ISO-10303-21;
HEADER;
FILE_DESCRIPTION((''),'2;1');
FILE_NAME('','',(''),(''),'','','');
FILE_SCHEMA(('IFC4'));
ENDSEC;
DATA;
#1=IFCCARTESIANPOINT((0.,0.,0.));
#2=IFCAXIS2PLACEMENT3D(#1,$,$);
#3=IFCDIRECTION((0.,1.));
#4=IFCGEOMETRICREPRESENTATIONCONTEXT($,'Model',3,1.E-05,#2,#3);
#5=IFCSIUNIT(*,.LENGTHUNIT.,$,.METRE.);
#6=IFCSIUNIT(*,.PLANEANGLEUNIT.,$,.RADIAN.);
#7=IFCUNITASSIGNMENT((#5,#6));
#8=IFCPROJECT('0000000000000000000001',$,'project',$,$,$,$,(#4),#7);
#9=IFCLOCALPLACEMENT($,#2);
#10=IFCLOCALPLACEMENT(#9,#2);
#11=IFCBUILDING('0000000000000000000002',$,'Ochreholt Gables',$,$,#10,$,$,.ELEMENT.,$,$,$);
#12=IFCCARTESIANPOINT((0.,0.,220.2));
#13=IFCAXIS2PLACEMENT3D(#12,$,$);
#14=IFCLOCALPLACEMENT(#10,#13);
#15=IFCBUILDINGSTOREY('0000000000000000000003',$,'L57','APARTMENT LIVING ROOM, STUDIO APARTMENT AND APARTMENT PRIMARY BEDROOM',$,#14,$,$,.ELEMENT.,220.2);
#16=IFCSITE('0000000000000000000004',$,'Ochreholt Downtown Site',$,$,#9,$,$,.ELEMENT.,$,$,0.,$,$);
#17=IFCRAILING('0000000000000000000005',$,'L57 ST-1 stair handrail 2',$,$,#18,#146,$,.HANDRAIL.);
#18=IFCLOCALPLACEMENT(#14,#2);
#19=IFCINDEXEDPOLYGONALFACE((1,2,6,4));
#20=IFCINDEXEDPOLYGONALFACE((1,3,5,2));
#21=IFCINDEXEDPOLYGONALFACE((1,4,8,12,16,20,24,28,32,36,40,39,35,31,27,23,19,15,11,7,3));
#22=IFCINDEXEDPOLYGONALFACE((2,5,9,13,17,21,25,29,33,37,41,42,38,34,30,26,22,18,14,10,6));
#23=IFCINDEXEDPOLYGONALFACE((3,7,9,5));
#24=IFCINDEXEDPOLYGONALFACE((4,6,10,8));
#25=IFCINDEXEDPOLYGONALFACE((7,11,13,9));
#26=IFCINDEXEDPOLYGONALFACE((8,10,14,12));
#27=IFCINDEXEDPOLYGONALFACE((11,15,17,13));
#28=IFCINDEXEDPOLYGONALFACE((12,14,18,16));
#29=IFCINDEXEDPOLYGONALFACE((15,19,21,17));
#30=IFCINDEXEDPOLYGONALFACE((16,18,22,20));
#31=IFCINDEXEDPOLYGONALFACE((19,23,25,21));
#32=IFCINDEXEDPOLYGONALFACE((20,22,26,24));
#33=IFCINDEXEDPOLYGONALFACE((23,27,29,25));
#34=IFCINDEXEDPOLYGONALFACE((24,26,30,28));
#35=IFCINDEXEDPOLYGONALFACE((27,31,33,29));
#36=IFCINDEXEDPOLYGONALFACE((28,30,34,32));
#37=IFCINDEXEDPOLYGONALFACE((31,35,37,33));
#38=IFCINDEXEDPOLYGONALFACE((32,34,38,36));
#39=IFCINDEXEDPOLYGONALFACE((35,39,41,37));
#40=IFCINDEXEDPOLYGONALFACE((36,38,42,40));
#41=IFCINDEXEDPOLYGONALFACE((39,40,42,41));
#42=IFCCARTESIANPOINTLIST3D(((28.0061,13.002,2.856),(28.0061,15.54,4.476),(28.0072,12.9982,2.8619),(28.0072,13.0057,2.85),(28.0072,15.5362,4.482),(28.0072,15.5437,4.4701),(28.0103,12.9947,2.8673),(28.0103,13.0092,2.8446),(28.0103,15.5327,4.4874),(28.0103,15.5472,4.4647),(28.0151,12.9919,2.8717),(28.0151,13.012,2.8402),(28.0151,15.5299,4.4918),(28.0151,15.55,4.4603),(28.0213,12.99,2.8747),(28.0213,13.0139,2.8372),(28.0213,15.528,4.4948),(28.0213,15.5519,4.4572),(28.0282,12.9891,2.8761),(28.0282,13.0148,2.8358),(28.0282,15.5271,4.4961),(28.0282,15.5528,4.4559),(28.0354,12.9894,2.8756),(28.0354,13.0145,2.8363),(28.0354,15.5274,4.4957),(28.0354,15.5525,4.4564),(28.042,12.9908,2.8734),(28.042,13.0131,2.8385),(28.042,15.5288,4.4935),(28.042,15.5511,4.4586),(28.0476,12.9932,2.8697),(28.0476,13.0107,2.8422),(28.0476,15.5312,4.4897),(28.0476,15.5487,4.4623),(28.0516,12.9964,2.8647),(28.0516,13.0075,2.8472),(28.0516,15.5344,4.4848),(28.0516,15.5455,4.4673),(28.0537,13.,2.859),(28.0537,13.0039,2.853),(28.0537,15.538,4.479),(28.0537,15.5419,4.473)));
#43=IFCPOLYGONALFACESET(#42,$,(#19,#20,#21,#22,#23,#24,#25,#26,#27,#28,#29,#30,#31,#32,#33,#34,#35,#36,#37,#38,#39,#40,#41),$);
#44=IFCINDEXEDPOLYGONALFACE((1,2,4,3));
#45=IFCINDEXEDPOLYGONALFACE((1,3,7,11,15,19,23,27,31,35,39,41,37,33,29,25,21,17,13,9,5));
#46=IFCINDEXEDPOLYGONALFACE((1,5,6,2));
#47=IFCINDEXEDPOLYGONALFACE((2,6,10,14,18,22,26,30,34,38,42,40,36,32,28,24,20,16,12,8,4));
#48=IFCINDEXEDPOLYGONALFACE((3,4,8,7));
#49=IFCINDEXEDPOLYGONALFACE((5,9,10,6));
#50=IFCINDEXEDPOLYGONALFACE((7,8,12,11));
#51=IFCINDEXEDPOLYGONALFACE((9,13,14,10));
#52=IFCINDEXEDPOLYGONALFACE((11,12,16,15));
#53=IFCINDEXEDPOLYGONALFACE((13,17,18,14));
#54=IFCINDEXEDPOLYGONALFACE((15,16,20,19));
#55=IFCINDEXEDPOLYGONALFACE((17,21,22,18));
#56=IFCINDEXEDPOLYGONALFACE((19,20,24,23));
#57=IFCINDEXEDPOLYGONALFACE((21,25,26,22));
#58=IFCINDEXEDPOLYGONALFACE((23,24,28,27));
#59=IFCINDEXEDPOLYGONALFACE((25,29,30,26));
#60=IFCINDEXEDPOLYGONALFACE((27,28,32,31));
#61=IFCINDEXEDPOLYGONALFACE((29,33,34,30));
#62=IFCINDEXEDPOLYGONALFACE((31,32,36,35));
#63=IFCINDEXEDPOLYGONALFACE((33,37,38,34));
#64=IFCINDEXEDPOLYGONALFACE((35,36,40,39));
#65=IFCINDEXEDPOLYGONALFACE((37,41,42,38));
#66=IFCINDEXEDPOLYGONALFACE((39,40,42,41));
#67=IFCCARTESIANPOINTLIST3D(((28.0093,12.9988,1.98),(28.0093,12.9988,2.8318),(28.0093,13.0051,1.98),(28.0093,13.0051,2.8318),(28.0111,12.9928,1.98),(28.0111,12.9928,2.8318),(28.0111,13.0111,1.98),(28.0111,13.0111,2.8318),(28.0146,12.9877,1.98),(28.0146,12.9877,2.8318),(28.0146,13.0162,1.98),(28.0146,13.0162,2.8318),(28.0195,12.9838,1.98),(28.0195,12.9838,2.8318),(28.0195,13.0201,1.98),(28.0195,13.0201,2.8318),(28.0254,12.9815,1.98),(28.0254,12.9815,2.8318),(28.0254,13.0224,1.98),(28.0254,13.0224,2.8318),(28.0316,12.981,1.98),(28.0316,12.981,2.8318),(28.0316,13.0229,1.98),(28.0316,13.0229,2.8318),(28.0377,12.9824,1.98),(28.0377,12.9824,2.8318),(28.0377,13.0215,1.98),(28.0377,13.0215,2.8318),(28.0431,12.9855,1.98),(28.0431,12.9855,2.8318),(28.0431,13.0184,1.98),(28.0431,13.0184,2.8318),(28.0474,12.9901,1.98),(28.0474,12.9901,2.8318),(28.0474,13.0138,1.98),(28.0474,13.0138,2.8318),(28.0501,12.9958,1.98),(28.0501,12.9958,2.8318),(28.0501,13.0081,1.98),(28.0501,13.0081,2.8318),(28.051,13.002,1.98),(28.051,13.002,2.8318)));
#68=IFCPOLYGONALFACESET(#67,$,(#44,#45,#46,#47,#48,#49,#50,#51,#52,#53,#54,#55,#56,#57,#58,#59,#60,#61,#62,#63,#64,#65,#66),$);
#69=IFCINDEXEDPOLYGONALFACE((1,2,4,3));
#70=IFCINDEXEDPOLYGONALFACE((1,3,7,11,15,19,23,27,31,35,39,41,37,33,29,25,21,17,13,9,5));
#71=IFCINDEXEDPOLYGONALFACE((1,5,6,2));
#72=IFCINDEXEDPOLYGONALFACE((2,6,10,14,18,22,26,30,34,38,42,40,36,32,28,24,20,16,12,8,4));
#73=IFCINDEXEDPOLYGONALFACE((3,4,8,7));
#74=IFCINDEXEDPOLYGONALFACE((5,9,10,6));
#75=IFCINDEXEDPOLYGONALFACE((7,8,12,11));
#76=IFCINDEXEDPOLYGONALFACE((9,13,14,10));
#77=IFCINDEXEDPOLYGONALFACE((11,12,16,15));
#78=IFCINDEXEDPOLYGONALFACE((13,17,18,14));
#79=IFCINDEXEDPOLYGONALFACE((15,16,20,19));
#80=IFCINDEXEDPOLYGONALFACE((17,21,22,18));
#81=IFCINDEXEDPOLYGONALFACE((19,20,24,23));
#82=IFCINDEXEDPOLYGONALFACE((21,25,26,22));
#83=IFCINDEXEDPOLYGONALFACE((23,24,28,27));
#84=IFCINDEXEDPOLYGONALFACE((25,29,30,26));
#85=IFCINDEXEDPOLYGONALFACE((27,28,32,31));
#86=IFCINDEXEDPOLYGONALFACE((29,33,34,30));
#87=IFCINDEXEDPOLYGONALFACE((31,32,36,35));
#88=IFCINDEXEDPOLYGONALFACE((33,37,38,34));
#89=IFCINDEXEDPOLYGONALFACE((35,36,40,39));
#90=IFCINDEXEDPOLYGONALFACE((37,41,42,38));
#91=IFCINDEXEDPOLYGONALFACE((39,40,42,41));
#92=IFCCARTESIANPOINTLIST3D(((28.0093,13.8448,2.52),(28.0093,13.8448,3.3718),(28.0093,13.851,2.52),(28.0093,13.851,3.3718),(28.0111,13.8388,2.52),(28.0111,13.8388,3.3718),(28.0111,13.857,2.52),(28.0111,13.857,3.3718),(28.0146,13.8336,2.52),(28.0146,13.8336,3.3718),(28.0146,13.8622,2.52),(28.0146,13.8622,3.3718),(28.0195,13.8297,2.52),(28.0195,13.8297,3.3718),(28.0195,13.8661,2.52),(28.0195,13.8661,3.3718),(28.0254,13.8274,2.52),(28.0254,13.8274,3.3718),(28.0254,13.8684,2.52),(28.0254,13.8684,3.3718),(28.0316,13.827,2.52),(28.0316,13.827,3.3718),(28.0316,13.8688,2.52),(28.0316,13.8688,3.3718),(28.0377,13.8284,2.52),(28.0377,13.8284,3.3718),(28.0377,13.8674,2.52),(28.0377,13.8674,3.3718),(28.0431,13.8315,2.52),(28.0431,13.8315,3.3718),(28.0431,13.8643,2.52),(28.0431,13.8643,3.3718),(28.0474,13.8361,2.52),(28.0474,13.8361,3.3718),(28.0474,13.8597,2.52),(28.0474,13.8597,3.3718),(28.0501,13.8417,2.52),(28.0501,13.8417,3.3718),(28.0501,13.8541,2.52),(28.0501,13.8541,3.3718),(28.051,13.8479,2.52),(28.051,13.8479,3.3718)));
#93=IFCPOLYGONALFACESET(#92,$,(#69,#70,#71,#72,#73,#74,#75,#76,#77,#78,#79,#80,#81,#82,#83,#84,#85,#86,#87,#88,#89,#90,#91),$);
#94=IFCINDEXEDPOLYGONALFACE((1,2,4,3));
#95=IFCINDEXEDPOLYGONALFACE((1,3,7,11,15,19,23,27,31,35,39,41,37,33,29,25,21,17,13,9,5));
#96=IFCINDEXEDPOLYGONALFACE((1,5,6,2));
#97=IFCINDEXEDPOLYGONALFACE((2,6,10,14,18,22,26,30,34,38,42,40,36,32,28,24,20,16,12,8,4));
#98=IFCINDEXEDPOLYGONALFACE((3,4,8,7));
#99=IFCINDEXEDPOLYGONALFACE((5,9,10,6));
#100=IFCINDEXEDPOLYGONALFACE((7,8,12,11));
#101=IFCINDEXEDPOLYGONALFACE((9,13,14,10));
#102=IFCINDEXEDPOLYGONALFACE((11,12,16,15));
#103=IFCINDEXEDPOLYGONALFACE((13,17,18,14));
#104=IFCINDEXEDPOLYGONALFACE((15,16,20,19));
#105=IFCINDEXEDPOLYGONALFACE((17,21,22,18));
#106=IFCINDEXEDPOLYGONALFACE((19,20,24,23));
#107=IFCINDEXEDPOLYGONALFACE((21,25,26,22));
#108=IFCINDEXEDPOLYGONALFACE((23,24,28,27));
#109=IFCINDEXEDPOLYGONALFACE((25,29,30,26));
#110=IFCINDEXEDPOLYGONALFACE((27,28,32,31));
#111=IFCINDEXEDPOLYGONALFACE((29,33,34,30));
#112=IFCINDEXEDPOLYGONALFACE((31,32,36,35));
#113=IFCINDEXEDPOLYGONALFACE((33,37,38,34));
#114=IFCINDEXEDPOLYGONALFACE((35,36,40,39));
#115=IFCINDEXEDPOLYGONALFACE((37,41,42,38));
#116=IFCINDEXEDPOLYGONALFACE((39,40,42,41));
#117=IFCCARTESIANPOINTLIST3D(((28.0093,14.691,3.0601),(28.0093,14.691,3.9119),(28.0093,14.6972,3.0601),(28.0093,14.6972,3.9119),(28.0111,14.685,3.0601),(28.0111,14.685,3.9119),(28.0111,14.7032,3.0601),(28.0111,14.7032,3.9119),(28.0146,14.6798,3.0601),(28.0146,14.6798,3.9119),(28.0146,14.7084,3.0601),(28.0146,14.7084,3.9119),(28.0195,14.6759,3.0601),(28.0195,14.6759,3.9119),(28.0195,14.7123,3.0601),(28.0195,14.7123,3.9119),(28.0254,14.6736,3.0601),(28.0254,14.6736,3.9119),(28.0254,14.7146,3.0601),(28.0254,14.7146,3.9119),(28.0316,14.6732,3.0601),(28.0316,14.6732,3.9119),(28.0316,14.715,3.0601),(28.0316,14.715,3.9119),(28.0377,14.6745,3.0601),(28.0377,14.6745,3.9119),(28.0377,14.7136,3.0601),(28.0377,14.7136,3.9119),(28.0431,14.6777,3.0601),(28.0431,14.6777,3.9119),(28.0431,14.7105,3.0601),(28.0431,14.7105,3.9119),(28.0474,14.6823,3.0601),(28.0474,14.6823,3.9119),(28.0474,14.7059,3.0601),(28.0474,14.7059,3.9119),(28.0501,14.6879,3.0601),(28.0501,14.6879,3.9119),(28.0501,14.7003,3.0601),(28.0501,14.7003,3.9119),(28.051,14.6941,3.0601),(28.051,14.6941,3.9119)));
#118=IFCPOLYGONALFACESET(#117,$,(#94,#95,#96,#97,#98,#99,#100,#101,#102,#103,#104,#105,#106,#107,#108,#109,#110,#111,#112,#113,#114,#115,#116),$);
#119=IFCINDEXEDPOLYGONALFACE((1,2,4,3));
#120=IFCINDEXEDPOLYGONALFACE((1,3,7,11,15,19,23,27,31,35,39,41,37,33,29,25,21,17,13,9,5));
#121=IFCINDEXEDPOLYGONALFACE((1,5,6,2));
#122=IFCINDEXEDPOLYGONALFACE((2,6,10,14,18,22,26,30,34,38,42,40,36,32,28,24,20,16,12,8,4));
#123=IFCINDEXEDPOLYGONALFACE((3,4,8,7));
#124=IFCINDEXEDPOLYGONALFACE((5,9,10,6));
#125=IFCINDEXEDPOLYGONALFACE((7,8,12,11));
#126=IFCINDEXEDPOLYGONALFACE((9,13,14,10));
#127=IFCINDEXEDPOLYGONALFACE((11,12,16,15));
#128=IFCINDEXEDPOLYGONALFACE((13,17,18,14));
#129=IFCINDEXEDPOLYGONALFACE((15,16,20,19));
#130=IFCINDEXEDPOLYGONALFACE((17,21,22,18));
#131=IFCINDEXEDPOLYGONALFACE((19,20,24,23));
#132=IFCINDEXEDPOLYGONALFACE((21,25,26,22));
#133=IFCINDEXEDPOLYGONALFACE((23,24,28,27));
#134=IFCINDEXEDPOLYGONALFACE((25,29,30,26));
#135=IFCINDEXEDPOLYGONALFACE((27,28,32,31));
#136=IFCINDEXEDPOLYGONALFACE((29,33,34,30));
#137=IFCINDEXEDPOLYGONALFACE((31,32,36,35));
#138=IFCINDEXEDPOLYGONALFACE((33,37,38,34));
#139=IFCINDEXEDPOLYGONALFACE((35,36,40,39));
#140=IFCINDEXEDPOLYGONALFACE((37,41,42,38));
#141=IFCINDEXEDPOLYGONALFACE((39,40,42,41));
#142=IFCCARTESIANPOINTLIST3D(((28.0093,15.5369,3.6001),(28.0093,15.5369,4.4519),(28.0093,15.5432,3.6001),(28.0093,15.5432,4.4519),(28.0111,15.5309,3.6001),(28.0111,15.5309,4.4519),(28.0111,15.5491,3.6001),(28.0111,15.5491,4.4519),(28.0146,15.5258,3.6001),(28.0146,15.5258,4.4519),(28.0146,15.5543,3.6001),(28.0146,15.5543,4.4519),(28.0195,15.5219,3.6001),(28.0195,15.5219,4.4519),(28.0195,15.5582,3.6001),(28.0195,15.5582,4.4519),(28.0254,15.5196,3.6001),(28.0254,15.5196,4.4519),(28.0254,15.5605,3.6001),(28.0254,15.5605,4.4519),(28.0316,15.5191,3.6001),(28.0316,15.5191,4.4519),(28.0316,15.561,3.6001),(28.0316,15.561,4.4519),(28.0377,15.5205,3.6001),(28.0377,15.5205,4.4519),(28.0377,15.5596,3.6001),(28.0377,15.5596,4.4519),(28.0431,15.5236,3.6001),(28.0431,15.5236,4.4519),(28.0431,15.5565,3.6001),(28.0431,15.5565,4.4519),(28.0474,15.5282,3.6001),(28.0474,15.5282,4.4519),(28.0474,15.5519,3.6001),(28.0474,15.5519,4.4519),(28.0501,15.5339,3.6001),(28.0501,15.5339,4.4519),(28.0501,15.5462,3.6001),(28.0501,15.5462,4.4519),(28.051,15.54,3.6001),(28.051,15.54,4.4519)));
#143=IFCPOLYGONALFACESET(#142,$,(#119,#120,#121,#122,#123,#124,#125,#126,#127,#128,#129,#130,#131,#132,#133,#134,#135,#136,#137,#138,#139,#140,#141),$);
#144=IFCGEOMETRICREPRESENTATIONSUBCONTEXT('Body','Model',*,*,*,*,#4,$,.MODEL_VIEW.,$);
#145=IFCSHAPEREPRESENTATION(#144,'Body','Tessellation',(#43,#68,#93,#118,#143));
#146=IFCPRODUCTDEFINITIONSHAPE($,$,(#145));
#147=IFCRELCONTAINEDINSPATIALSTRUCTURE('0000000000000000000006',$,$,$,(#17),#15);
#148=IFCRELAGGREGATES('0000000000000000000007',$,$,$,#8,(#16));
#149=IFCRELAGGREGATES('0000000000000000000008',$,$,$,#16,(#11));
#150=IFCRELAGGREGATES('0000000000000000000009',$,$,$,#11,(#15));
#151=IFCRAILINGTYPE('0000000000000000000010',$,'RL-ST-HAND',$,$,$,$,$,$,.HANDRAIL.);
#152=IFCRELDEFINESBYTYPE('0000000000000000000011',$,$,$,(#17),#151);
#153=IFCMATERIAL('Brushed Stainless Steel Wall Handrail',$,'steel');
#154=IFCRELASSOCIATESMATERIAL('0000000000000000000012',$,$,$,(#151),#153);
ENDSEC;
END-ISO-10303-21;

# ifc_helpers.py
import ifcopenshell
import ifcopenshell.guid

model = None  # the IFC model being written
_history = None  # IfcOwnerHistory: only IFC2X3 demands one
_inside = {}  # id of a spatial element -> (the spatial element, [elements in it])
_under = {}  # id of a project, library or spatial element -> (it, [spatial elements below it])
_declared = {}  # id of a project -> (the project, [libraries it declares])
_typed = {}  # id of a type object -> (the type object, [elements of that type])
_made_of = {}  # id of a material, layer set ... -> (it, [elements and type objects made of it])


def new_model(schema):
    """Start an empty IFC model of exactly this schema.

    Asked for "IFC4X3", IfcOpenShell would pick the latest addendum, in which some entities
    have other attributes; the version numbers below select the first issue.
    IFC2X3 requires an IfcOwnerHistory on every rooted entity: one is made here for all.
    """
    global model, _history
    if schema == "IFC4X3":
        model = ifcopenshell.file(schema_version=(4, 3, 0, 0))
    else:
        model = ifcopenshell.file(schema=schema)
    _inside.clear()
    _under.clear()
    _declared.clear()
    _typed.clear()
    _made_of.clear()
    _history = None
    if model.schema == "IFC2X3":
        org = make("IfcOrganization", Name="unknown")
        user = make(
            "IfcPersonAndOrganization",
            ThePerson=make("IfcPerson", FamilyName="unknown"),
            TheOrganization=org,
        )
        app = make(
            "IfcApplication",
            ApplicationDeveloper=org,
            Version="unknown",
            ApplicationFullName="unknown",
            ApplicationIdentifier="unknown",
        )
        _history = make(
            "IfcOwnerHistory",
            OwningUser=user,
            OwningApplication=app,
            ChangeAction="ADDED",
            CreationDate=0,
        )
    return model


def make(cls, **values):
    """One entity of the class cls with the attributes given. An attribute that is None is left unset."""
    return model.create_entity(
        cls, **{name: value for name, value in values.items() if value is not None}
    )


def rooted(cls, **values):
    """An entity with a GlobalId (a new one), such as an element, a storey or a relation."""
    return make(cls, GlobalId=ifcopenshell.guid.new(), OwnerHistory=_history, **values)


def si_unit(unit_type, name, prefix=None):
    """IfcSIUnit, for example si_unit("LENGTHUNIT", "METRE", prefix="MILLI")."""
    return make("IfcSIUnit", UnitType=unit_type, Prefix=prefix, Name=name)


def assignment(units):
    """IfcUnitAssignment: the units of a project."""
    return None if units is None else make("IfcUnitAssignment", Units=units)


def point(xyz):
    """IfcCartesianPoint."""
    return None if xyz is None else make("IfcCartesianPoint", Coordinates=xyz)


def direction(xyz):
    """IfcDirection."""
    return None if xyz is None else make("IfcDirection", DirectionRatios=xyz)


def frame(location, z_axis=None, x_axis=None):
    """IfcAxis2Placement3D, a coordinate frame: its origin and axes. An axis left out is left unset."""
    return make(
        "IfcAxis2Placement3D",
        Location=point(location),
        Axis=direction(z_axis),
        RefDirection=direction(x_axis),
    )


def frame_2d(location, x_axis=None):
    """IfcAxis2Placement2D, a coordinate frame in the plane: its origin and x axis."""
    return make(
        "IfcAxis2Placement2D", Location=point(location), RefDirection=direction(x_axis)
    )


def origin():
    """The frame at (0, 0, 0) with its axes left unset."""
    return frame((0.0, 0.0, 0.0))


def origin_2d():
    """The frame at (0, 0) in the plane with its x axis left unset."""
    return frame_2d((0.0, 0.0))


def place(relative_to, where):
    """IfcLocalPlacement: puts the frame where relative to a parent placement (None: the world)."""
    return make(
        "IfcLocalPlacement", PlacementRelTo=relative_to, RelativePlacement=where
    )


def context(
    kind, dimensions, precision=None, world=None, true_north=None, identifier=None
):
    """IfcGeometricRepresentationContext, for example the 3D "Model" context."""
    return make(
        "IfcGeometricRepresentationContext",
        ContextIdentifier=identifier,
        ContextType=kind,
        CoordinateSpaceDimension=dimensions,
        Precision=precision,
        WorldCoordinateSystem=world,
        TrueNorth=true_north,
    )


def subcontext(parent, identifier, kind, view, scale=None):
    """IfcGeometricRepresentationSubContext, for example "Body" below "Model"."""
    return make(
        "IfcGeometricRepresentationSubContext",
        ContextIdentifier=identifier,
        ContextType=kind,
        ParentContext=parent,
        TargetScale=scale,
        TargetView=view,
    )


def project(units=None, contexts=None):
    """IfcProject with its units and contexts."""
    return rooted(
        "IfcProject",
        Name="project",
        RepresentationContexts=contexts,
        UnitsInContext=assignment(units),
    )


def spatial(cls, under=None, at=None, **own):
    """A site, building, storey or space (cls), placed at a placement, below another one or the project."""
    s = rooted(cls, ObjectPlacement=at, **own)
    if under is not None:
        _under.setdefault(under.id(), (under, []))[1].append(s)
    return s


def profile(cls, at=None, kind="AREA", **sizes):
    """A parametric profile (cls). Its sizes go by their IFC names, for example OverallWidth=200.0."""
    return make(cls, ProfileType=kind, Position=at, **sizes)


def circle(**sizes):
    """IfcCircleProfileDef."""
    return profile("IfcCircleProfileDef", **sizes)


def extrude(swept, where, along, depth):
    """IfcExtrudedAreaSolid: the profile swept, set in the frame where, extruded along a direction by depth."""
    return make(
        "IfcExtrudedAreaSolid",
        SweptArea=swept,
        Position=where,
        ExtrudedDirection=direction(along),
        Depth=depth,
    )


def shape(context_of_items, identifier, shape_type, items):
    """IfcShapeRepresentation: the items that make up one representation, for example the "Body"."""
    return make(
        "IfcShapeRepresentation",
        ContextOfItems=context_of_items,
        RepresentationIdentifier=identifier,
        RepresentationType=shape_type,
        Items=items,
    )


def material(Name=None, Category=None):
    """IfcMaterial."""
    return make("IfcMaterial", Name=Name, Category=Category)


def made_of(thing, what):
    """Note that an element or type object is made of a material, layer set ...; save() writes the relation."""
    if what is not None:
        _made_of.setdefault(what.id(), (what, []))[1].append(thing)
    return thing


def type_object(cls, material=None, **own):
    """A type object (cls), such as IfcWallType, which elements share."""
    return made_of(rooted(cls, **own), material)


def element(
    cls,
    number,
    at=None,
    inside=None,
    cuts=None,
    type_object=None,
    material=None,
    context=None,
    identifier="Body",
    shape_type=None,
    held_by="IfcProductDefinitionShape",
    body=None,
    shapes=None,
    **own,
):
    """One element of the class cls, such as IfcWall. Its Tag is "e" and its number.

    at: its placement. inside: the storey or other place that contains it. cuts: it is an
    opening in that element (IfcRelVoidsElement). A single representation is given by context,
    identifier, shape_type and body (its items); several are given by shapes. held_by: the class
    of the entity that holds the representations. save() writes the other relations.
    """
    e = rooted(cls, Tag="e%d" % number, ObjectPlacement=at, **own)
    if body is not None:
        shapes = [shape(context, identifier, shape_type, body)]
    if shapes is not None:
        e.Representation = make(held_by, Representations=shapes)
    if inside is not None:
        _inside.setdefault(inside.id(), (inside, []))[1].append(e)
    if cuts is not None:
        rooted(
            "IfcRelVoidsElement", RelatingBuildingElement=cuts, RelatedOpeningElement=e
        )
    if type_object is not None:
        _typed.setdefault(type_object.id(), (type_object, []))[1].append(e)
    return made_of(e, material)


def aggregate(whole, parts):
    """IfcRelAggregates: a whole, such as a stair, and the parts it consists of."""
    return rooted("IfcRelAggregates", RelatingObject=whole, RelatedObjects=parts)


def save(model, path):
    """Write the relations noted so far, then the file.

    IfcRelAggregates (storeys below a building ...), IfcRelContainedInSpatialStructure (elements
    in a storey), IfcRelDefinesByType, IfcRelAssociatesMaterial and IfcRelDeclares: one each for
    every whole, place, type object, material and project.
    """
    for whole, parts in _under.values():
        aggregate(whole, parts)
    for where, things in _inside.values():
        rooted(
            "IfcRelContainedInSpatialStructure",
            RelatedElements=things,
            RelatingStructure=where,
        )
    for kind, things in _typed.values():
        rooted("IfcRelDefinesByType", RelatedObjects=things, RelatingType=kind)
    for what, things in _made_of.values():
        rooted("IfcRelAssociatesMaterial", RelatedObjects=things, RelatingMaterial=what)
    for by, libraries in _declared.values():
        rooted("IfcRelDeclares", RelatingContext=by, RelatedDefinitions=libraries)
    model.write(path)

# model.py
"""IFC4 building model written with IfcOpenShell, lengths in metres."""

from ifc_helpers import new_model, si_unit, direction, frame, origin, origin_2d, place, context, subcontext, project, spatial, circle, extrude, material, type_object, element, save


model = new_model("IFC4")

# Units and contexts
model_context = context("Model", 3, precision=1e-05, world=origin(), true_north=direction((0.0, 1.0)))
body_context = subcontext(model_context, "Body", "Model", "MODEL_VIEW")
ifc_project = project(units=[si_unit("LENGTHUNIT", "METRE"), si_unit("PLANEANGLEUNIT", "RADIAN")], contexts=[model_context])

# Site, building, storey
site_placement = place(None, origin())
site = spatial("IfcSite", under=ifc_project, at=site_placement, Name="Ochreholt Downtown Site", CompositionType="ELEMENT", RefElevation=0.0)
building_placement = place(site_placement, origin())
building = spatial("IfcBuilding", under=site, at=building_placement, Name="Ochreholt Gables", CompositionType="ELEMENT")
storey_placement = place(building_placement, frame((0.0, 0.0, 220.2)))
storey = spatial("IfcBuildingStorey", under=building, at=storey_placement, Name="L57", Description="APARTMENT LIVING ROOM, STUDIO APARTMENT AND APARTMENT PRIMARY BEDROOM", CompositionType="ELEMENT", Elevation=220.2)

# Railing
ifc_material_1 = material(Name="Brushed Stainless Steel Wall Handrail", Category="steel")
railing_type_1 = type_object("IfcRailingType", Name="RL-ST-HAND", PredefinedType="HANDRAIL", material=ifc_material_1)
railing_1_placement = place(storey_placement, frame((28.03, 13.002, 1.98)))
element("IfcRailing", 1, at=railing_1_placement, inside=storey, type_object=railing_type_1, Name="L57 ST-1 stair handrail 2", PredefinedType="HANDRAIL", context=body_context, shape_type="SweptSolid", body=[
    extrude(circle(Radius=0.0239, at=origin_2d()), frame((0.0, 0.0, 0.876), z_axis=(0.0, 0.842913, 0.53805), x_axis=(-1.0, 0.0, 0.0)), (0.0, 0.0, 1.0), 3.011),
    extrude(circle(Radius=0.021, at=origin_2d()), origin(), (0.0, 0.0, 1.0), 0.8518),
    extrude(circle(Radius=0.021, at=origin_2d()), frame((0.0, 0.8459, 0.54)), (0.0, 0.0, 1.0), 0.8518),
    extrude(circle(Radius=0.021, at=origin_2d()), frame((0.0, 1.6921, 1.0801)), (0.0, 0.0, 1.0), 0.8518),
    extrude(circle(Radius=0.021, at=origin_2d()), frame((0.0, 2.5381, 1.6201)), (0.0, 0.0, 1.0), 0.8518),
])

save(model, "model.ifc")
